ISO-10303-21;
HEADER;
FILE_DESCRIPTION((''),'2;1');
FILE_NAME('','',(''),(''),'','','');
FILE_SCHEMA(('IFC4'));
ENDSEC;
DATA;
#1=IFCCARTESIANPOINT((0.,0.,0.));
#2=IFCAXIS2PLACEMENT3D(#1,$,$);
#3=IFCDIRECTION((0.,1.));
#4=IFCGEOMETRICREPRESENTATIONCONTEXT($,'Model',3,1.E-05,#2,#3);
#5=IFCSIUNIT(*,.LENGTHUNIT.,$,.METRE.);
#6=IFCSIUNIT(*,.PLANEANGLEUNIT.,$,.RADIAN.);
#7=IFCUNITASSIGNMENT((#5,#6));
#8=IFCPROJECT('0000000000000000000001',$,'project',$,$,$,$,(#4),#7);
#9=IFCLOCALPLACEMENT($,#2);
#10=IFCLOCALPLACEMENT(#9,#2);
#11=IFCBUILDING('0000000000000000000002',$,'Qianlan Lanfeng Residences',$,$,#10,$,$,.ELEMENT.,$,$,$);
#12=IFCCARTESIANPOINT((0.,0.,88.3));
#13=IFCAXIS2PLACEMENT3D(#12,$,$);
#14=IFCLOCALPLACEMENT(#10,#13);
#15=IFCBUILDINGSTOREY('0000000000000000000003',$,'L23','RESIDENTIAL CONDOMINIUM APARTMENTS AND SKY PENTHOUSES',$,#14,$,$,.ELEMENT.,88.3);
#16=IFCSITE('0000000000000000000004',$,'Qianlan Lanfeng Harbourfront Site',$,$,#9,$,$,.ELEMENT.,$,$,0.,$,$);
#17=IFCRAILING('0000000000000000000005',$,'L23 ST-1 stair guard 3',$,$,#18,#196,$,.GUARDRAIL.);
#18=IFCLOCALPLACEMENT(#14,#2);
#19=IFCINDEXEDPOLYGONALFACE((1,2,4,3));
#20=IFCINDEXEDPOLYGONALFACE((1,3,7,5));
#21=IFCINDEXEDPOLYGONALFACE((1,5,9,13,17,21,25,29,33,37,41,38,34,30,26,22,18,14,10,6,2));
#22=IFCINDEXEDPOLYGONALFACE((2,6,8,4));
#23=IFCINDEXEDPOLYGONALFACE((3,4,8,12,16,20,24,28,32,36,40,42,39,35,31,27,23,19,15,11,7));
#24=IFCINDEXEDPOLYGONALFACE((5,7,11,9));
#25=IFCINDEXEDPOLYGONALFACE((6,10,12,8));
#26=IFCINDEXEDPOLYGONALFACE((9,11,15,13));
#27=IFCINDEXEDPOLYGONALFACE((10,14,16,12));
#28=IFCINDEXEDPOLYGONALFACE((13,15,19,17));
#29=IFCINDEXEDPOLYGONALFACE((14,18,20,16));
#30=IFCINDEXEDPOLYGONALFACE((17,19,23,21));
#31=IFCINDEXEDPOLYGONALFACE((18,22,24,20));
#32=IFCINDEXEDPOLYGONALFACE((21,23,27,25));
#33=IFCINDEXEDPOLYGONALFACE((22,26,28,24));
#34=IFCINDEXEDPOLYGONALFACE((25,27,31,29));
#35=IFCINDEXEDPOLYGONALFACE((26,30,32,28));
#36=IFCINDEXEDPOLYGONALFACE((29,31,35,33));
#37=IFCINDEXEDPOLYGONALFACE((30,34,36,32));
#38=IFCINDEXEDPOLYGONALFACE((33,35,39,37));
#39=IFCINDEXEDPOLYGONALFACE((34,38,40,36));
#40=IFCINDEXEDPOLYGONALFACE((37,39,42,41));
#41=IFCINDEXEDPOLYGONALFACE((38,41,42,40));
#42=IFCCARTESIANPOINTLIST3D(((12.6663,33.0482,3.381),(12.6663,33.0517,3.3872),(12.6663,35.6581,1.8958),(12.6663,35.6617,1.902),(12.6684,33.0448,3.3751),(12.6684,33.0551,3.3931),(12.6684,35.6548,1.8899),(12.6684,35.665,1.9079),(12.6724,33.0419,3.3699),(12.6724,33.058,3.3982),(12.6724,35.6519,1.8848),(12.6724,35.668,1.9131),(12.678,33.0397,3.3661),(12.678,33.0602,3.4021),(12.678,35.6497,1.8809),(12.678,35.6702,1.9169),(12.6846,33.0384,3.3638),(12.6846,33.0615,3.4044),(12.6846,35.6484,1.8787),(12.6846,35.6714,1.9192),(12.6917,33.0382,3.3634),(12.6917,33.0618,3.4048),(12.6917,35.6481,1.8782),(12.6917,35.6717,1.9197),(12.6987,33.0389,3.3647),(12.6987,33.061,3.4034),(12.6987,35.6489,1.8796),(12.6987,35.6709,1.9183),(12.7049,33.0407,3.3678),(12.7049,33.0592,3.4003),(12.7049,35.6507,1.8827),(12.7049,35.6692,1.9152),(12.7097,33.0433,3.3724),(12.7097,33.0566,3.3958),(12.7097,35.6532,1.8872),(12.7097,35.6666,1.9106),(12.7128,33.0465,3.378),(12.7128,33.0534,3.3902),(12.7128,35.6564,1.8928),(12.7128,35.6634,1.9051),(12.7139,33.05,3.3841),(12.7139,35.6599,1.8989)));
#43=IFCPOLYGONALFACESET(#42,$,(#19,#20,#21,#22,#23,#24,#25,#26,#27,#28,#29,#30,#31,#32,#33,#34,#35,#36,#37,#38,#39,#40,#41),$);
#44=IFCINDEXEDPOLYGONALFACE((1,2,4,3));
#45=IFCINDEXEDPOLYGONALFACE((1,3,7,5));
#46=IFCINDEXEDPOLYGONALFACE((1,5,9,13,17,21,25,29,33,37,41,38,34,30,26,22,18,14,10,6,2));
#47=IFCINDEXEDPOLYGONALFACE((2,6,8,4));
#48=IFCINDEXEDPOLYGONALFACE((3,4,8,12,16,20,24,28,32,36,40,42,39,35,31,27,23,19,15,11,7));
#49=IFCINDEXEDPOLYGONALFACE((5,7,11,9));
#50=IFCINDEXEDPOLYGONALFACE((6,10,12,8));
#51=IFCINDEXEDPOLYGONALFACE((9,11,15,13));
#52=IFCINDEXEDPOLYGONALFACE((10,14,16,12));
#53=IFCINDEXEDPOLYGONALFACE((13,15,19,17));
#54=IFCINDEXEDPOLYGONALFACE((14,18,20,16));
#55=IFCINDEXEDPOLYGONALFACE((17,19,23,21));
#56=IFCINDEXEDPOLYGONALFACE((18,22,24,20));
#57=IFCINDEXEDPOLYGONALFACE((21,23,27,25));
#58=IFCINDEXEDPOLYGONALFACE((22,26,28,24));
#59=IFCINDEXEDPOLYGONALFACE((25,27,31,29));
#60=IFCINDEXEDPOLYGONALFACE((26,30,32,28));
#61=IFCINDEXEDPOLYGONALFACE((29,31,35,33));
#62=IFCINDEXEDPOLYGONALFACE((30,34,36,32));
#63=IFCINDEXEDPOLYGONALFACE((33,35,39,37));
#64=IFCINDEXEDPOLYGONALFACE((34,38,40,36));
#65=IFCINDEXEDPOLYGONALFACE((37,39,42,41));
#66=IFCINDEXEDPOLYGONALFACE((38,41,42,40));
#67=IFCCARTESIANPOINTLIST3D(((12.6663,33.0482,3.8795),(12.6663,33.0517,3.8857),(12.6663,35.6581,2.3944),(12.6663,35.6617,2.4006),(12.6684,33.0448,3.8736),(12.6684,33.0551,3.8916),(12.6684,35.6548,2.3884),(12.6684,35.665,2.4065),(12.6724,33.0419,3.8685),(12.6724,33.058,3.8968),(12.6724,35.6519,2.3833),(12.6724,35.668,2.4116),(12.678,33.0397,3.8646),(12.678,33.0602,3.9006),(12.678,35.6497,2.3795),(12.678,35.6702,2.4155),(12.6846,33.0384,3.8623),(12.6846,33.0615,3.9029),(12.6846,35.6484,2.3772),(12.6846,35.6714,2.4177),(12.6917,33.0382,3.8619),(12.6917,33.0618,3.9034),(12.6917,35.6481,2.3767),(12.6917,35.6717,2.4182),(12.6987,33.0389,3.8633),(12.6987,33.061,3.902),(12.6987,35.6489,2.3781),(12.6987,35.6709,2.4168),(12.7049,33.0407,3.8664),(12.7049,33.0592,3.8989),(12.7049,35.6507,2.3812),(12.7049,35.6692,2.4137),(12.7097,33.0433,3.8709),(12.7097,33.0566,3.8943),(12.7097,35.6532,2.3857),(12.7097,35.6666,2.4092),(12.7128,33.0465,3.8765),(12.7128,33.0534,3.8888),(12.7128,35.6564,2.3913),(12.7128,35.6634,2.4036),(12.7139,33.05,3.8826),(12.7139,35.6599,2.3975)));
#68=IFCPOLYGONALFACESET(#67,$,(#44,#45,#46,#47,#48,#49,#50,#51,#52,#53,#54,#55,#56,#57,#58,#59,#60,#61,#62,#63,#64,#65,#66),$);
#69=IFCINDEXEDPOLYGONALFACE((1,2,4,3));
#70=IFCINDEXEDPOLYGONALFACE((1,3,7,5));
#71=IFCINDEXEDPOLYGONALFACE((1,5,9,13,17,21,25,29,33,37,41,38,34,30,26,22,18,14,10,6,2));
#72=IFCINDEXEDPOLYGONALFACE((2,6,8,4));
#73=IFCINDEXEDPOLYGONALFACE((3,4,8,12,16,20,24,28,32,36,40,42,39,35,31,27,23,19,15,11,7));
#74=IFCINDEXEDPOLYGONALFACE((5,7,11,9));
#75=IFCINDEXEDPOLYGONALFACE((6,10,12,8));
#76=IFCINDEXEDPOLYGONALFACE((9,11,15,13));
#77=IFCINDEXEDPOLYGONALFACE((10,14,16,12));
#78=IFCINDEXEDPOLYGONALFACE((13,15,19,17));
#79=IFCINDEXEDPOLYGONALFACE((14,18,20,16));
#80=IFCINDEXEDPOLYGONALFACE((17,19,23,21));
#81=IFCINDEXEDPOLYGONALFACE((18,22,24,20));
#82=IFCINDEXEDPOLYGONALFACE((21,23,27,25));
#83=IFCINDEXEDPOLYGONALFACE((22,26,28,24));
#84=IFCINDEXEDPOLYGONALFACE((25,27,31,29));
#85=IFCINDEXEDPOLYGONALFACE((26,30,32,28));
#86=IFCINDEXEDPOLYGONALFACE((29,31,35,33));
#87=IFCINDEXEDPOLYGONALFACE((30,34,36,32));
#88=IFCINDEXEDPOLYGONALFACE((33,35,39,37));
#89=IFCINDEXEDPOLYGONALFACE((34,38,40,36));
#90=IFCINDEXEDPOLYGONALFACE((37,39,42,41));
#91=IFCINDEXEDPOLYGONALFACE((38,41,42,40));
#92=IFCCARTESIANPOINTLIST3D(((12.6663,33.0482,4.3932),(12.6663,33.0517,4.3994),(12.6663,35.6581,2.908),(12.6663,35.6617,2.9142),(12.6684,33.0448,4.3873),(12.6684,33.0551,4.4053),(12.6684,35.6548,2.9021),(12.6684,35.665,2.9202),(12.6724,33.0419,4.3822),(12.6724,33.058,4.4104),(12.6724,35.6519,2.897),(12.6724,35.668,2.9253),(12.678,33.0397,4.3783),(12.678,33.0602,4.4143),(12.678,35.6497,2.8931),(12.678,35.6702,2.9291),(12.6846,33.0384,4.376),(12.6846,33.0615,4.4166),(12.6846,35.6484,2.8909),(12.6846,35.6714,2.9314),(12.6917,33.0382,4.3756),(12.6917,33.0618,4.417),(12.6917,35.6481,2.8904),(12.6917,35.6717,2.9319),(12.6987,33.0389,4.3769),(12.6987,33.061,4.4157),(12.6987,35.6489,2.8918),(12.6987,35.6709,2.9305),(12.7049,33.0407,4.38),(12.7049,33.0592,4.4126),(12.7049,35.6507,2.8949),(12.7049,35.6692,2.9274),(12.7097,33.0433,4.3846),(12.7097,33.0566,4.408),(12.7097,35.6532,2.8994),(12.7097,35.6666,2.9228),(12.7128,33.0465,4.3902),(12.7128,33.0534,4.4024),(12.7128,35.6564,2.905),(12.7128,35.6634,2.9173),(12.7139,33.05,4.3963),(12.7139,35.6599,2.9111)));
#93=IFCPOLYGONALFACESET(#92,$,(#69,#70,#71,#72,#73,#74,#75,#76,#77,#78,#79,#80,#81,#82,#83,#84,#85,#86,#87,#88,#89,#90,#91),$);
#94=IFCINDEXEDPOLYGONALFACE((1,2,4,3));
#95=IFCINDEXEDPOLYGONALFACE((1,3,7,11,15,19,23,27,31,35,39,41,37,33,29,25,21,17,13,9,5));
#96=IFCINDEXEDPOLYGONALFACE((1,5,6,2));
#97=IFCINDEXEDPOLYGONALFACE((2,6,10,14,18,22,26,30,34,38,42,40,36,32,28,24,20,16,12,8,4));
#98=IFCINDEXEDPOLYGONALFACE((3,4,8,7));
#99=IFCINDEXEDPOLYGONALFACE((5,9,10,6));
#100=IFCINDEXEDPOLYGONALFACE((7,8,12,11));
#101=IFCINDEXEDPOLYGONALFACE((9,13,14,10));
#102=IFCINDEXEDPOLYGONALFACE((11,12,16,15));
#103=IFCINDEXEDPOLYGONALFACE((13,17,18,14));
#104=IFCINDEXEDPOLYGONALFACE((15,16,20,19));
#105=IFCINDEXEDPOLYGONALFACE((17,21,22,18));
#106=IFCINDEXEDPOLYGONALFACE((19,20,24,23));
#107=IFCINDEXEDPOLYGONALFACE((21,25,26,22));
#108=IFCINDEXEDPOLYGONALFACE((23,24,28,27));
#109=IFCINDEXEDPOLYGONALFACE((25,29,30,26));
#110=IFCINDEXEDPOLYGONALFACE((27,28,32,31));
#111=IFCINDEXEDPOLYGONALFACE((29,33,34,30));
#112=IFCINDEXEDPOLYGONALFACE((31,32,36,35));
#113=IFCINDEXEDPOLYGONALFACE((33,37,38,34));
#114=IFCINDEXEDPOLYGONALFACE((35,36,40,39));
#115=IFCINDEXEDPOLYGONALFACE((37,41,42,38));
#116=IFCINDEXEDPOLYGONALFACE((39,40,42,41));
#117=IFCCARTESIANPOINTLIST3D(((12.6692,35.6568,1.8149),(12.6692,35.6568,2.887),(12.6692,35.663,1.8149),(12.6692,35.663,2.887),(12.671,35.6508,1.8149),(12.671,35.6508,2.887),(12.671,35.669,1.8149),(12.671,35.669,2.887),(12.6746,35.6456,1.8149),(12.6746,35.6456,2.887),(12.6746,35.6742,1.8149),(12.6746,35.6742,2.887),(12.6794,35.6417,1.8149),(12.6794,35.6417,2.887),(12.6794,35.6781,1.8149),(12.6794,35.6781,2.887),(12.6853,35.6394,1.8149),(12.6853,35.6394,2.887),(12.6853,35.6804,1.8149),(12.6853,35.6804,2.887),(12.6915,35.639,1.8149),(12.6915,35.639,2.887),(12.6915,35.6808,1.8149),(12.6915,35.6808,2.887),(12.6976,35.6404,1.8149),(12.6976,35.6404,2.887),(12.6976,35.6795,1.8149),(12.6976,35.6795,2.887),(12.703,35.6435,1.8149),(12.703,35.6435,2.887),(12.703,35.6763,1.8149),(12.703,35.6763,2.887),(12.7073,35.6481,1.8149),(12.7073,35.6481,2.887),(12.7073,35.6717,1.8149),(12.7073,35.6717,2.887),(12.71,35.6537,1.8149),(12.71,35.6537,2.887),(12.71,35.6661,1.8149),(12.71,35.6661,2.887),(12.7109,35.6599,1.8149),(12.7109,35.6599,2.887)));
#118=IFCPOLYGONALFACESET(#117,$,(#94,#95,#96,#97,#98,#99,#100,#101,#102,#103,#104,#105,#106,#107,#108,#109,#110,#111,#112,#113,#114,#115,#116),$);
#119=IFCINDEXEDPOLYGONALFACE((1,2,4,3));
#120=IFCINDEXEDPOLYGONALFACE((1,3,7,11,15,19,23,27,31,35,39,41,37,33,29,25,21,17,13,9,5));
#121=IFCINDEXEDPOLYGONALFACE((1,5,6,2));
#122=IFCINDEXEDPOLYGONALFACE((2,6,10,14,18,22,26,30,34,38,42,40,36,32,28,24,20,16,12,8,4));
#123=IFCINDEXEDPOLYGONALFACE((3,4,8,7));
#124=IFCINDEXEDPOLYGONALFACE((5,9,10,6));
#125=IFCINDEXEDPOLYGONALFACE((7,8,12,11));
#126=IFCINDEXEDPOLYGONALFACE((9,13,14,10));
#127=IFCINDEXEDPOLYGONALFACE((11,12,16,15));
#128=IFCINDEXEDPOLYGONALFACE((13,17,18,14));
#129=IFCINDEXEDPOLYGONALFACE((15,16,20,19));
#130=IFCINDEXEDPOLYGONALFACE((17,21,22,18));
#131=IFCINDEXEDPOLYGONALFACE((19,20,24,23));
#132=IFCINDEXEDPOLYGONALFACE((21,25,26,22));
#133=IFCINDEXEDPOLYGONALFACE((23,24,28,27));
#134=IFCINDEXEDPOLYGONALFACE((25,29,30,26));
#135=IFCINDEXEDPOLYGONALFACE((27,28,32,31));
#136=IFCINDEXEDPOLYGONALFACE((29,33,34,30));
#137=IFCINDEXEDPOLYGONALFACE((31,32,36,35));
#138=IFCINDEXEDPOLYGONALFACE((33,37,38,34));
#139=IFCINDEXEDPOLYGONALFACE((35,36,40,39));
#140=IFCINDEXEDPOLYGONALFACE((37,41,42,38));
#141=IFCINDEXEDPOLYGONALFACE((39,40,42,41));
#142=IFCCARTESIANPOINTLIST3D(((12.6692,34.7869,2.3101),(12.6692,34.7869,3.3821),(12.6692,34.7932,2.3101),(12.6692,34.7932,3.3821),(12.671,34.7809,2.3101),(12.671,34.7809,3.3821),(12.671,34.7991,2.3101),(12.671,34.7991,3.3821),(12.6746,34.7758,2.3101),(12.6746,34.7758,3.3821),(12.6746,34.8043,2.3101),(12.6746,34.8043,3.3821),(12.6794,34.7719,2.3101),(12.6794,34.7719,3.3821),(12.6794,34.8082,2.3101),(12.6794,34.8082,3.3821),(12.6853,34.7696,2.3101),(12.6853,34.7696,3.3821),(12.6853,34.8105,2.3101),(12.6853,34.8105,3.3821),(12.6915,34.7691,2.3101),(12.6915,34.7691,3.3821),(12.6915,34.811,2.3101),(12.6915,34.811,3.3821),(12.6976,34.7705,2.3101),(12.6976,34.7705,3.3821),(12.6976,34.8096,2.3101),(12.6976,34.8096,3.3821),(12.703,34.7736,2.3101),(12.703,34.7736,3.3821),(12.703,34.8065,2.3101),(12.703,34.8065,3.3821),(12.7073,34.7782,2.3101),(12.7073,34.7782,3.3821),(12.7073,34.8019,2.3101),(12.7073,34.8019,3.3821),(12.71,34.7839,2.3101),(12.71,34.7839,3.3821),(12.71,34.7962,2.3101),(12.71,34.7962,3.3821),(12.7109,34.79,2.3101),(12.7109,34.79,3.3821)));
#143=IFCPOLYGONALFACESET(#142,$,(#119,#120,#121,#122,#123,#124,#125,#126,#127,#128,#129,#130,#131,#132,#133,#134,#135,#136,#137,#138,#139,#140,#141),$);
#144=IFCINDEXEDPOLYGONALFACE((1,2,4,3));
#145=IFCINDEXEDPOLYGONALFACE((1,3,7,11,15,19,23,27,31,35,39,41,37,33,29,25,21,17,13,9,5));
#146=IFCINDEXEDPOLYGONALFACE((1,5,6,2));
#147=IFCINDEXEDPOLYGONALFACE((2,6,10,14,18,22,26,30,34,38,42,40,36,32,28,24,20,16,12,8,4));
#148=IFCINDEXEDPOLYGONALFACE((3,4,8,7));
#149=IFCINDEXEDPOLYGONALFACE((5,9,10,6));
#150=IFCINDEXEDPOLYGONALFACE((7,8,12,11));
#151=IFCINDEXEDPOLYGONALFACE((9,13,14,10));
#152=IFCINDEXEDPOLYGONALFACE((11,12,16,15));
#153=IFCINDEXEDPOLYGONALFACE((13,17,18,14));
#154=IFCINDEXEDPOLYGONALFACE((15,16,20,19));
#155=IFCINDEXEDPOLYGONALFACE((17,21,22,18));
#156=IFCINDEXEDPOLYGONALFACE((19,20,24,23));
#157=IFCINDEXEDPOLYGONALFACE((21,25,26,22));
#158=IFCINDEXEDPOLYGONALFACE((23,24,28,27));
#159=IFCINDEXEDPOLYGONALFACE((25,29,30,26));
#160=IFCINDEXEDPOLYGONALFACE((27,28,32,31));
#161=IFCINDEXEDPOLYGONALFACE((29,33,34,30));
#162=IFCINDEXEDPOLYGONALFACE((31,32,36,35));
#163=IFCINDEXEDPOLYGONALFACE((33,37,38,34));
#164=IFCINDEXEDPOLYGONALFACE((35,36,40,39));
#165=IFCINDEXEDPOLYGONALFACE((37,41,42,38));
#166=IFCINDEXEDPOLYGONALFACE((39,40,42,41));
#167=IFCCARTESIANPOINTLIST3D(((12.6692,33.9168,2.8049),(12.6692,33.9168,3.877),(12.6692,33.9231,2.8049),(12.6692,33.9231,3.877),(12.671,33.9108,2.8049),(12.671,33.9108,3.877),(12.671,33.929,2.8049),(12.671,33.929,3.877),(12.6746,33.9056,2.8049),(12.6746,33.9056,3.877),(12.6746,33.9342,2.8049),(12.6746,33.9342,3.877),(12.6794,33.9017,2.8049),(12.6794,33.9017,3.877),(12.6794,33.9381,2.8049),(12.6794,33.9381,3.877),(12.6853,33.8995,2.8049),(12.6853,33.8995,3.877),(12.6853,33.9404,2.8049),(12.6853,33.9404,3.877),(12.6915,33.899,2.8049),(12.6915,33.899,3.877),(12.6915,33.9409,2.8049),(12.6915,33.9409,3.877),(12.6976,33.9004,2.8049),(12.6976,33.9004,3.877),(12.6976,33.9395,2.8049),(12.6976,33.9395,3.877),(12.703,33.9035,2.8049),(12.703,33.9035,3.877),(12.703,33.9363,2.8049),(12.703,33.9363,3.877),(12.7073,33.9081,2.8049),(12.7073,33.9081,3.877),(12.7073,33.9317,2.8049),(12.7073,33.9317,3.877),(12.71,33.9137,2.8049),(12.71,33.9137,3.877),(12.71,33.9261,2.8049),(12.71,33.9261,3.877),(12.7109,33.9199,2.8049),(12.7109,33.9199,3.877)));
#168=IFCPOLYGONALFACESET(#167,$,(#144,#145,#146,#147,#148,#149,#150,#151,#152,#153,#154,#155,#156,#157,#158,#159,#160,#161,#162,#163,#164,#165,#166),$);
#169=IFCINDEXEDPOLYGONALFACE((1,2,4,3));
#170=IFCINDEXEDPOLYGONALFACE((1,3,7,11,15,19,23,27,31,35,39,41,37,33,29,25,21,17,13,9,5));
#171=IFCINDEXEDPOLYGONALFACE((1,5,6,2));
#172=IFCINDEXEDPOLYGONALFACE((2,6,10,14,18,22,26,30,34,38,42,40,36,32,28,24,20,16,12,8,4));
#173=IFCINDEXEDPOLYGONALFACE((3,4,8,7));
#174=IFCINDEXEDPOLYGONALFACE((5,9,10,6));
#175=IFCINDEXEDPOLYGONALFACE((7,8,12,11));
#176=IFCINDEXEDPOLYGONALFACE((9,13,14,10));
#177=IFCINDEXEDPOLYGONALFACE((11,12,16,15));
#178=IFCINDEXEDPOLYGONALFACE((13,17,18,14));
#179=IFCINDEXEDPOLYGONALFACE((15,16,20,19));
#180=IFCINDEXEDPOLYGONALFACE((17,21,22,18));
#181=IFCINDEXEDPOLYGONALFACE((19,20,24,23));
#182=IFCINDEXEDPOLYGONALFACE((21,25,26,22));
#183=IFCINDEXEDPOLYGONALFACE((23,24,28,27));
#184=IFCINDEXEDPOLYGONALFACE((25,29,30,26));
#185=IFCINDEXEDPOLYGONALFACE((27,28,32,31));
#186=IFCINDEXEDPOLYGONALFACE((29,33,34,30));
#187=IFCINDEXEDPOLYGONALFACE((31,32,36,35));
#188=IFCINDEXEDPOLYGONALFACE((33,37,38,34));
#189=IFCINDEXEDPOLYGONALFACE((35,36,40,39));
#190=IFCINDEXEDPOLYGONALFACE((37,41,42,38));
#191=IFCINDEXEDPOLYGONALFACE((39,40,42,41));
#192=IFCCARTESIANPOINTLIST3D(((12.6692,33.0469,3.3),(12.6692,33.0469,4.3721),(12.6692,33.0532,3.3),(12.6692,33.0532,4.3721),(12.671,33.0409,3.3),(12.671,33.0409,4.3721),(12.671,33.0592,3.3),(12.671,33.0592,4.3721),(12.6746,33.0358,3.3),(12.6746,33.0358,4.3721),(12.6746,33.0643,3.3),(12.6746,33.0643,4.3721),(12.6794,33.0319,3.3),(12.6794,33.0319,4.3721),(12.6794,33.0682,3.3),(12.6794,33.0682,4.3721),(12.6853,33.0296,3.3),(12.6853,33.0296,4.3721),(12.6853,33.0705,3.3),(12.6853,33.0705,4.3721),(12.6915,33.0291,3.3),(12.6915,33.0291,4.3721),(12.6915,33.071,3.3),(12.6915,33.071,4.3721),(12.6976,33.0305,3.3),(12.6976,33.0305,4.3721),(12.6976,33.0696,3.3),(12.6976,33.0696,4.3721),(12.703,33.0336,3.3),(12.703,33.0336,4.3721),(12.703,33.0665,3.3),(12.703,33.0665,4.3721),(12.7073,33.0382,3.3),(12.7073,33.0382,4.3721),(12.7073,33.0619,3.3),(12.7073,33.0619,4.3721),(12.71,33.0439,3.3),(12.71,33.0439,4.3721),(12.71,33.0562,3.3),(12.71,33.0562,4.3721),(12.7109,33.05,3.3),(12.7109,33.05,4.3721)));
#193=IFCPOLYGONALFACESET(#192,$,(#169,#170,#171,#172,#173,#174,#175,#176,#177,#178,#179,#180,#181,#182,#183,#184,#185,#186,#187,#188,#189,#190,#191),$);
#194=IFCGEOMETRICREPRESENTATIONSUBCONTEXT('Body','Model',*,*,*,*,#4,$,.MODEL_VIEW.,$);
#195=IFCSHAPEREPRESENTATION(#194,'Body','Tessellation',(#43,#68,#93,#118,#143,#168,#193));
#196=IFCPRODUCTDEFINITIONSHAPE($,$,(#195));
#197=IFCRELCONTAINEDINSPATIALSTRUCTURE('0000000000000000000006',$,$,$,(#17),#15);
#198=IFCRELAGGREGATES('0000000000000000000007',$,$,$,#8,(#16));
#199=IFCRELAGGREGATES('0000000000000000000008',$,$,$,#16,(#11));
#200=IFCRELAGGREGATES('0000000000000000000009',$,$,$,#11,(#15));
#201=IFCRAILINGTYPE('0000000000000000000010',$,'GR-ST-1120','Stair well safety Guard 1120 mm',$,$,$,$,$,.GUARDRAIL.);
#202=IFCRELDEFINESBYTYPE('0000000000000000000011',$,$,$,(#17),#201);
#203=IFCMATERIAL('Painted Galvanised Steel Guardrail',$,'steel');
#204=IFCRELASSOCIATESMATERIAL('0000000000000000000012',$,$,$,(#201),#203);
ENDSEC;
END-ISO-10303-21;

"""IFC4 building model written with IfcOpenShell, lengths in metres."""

from ifc_helpers import new_model, si_unit, direction, frame, origin, origin_2d, place, context, subcontext, project, spatial, circle, extrude, material, type_object, element, save


model = new_model("IFC4")

# Units and contexts
model_context = context("Model", 3, precision=1e-05, world=origin(), true_north=direction((0.0, 1.0)))
body_context = subcontext(model_context, "Body", "Model", "MODEL_VIEW")
ifc_project = project(units=[si_unit("LENGTHUNIT", "METRE"), si_unit("PLANEANGLEUNIT", "RADIAN")], contexts=[model_context])

# Site, building, storey
site_placement = place(None, origin())
site = spatial("IfcSite", under=ifc_project, at=site_placement, Name="Qianlan Lanfeng Harbourfront Site", CompositionType="ELEMENT", RefElevation=0.0)
building_placement = place(site_placement, origin())
building = spatial("IfcBuilding", under=site, at=building_placement, Name="Qianlan Lanfeng Residences", CompositionType="ELEMENT")
storey_placement = place(building_placement, frame((0.0, 0.0, 88.3)))
storey = spatial("IfcBuildingStorey", under=building, at=storey_placement, Name="L23", Description="RESIDENTIAL CONDOMINIUM APARTMENTS AND SKY PENTHOUSES", CompositionType="ELEMENT", Elevation=88.3)

# Railing
ifc_material_1 = material(Name="Painted Galvanised Steel Guardrail", Category="steel")
railing_type_1 = type_object("IfcRailingType", Name="GR-ST-1120", Description="Stair well safety Guard 1120 mm", PredefinedType="GUARDRAIL", material=ifc_material_1)
railing_1_placement = place(storey_placement, frame((12.6899, 35.6599, 1.8149)))
element("IfcRailing", 1, at=railing_1_placement, inside=storey, type_object=railing_type_1, Name="L23 ST-1 stair guard 3", PredefinedType="GUARDRAIL", context=body_context, shape_type="SweptSolid", body=[
    extrude(circle(Radius=0.0239, at=origin_2d()), frame((0.0, 0.0, 0.084), z_axis=(0.0, -0.869137, 0.494571), x_axis=(1.0, 0.0, 0.0)), (0.0, 0.0, 1.0), 3.0029),
    extrude(circle(Radius=0.0239, at=origin_2d()), frame((0.0, 0.0, 0.5825), z_axis=(0.0, -0.869137, 0.494571), x_axis=(1.0, 0.0, 0.0)), (0.0, 0.0, 1.0), 3.0029),
    extrude(circle(Radius=0.0239, at=origin_2d()), frame((0.0, 0.0, 1.0962), z_axis=(0.0, -0.869137, 0.494571), x_axis=(1.0, 0.0, 0.0)), (0.0, 0.0, 1.0), 3.0029),
    extrude(circle(Radius=0.021, at=origin_2d()), origin(), (0.0, 0.0, 1.0), 1.072),
    extrude(circle(Radius=0.021, at=origin_2d()), frame((0.0, -0.8699, 0.4951)), (0.0, 0.0, 1.0), 1.072),
    extrude(circle(Radius=0.021, at=origin_2d()), frame((0.0, -1.74, 0.99)), (0.0, 0.0, 1.0), 1.072),
    extrude(circle(Radius=0.021, at=origin_2d()), frame((0.0, -2.6099, 1.4851)), (0.0, 0.0, 1.0), 1.072),
])

save(model, "model.ifc")
